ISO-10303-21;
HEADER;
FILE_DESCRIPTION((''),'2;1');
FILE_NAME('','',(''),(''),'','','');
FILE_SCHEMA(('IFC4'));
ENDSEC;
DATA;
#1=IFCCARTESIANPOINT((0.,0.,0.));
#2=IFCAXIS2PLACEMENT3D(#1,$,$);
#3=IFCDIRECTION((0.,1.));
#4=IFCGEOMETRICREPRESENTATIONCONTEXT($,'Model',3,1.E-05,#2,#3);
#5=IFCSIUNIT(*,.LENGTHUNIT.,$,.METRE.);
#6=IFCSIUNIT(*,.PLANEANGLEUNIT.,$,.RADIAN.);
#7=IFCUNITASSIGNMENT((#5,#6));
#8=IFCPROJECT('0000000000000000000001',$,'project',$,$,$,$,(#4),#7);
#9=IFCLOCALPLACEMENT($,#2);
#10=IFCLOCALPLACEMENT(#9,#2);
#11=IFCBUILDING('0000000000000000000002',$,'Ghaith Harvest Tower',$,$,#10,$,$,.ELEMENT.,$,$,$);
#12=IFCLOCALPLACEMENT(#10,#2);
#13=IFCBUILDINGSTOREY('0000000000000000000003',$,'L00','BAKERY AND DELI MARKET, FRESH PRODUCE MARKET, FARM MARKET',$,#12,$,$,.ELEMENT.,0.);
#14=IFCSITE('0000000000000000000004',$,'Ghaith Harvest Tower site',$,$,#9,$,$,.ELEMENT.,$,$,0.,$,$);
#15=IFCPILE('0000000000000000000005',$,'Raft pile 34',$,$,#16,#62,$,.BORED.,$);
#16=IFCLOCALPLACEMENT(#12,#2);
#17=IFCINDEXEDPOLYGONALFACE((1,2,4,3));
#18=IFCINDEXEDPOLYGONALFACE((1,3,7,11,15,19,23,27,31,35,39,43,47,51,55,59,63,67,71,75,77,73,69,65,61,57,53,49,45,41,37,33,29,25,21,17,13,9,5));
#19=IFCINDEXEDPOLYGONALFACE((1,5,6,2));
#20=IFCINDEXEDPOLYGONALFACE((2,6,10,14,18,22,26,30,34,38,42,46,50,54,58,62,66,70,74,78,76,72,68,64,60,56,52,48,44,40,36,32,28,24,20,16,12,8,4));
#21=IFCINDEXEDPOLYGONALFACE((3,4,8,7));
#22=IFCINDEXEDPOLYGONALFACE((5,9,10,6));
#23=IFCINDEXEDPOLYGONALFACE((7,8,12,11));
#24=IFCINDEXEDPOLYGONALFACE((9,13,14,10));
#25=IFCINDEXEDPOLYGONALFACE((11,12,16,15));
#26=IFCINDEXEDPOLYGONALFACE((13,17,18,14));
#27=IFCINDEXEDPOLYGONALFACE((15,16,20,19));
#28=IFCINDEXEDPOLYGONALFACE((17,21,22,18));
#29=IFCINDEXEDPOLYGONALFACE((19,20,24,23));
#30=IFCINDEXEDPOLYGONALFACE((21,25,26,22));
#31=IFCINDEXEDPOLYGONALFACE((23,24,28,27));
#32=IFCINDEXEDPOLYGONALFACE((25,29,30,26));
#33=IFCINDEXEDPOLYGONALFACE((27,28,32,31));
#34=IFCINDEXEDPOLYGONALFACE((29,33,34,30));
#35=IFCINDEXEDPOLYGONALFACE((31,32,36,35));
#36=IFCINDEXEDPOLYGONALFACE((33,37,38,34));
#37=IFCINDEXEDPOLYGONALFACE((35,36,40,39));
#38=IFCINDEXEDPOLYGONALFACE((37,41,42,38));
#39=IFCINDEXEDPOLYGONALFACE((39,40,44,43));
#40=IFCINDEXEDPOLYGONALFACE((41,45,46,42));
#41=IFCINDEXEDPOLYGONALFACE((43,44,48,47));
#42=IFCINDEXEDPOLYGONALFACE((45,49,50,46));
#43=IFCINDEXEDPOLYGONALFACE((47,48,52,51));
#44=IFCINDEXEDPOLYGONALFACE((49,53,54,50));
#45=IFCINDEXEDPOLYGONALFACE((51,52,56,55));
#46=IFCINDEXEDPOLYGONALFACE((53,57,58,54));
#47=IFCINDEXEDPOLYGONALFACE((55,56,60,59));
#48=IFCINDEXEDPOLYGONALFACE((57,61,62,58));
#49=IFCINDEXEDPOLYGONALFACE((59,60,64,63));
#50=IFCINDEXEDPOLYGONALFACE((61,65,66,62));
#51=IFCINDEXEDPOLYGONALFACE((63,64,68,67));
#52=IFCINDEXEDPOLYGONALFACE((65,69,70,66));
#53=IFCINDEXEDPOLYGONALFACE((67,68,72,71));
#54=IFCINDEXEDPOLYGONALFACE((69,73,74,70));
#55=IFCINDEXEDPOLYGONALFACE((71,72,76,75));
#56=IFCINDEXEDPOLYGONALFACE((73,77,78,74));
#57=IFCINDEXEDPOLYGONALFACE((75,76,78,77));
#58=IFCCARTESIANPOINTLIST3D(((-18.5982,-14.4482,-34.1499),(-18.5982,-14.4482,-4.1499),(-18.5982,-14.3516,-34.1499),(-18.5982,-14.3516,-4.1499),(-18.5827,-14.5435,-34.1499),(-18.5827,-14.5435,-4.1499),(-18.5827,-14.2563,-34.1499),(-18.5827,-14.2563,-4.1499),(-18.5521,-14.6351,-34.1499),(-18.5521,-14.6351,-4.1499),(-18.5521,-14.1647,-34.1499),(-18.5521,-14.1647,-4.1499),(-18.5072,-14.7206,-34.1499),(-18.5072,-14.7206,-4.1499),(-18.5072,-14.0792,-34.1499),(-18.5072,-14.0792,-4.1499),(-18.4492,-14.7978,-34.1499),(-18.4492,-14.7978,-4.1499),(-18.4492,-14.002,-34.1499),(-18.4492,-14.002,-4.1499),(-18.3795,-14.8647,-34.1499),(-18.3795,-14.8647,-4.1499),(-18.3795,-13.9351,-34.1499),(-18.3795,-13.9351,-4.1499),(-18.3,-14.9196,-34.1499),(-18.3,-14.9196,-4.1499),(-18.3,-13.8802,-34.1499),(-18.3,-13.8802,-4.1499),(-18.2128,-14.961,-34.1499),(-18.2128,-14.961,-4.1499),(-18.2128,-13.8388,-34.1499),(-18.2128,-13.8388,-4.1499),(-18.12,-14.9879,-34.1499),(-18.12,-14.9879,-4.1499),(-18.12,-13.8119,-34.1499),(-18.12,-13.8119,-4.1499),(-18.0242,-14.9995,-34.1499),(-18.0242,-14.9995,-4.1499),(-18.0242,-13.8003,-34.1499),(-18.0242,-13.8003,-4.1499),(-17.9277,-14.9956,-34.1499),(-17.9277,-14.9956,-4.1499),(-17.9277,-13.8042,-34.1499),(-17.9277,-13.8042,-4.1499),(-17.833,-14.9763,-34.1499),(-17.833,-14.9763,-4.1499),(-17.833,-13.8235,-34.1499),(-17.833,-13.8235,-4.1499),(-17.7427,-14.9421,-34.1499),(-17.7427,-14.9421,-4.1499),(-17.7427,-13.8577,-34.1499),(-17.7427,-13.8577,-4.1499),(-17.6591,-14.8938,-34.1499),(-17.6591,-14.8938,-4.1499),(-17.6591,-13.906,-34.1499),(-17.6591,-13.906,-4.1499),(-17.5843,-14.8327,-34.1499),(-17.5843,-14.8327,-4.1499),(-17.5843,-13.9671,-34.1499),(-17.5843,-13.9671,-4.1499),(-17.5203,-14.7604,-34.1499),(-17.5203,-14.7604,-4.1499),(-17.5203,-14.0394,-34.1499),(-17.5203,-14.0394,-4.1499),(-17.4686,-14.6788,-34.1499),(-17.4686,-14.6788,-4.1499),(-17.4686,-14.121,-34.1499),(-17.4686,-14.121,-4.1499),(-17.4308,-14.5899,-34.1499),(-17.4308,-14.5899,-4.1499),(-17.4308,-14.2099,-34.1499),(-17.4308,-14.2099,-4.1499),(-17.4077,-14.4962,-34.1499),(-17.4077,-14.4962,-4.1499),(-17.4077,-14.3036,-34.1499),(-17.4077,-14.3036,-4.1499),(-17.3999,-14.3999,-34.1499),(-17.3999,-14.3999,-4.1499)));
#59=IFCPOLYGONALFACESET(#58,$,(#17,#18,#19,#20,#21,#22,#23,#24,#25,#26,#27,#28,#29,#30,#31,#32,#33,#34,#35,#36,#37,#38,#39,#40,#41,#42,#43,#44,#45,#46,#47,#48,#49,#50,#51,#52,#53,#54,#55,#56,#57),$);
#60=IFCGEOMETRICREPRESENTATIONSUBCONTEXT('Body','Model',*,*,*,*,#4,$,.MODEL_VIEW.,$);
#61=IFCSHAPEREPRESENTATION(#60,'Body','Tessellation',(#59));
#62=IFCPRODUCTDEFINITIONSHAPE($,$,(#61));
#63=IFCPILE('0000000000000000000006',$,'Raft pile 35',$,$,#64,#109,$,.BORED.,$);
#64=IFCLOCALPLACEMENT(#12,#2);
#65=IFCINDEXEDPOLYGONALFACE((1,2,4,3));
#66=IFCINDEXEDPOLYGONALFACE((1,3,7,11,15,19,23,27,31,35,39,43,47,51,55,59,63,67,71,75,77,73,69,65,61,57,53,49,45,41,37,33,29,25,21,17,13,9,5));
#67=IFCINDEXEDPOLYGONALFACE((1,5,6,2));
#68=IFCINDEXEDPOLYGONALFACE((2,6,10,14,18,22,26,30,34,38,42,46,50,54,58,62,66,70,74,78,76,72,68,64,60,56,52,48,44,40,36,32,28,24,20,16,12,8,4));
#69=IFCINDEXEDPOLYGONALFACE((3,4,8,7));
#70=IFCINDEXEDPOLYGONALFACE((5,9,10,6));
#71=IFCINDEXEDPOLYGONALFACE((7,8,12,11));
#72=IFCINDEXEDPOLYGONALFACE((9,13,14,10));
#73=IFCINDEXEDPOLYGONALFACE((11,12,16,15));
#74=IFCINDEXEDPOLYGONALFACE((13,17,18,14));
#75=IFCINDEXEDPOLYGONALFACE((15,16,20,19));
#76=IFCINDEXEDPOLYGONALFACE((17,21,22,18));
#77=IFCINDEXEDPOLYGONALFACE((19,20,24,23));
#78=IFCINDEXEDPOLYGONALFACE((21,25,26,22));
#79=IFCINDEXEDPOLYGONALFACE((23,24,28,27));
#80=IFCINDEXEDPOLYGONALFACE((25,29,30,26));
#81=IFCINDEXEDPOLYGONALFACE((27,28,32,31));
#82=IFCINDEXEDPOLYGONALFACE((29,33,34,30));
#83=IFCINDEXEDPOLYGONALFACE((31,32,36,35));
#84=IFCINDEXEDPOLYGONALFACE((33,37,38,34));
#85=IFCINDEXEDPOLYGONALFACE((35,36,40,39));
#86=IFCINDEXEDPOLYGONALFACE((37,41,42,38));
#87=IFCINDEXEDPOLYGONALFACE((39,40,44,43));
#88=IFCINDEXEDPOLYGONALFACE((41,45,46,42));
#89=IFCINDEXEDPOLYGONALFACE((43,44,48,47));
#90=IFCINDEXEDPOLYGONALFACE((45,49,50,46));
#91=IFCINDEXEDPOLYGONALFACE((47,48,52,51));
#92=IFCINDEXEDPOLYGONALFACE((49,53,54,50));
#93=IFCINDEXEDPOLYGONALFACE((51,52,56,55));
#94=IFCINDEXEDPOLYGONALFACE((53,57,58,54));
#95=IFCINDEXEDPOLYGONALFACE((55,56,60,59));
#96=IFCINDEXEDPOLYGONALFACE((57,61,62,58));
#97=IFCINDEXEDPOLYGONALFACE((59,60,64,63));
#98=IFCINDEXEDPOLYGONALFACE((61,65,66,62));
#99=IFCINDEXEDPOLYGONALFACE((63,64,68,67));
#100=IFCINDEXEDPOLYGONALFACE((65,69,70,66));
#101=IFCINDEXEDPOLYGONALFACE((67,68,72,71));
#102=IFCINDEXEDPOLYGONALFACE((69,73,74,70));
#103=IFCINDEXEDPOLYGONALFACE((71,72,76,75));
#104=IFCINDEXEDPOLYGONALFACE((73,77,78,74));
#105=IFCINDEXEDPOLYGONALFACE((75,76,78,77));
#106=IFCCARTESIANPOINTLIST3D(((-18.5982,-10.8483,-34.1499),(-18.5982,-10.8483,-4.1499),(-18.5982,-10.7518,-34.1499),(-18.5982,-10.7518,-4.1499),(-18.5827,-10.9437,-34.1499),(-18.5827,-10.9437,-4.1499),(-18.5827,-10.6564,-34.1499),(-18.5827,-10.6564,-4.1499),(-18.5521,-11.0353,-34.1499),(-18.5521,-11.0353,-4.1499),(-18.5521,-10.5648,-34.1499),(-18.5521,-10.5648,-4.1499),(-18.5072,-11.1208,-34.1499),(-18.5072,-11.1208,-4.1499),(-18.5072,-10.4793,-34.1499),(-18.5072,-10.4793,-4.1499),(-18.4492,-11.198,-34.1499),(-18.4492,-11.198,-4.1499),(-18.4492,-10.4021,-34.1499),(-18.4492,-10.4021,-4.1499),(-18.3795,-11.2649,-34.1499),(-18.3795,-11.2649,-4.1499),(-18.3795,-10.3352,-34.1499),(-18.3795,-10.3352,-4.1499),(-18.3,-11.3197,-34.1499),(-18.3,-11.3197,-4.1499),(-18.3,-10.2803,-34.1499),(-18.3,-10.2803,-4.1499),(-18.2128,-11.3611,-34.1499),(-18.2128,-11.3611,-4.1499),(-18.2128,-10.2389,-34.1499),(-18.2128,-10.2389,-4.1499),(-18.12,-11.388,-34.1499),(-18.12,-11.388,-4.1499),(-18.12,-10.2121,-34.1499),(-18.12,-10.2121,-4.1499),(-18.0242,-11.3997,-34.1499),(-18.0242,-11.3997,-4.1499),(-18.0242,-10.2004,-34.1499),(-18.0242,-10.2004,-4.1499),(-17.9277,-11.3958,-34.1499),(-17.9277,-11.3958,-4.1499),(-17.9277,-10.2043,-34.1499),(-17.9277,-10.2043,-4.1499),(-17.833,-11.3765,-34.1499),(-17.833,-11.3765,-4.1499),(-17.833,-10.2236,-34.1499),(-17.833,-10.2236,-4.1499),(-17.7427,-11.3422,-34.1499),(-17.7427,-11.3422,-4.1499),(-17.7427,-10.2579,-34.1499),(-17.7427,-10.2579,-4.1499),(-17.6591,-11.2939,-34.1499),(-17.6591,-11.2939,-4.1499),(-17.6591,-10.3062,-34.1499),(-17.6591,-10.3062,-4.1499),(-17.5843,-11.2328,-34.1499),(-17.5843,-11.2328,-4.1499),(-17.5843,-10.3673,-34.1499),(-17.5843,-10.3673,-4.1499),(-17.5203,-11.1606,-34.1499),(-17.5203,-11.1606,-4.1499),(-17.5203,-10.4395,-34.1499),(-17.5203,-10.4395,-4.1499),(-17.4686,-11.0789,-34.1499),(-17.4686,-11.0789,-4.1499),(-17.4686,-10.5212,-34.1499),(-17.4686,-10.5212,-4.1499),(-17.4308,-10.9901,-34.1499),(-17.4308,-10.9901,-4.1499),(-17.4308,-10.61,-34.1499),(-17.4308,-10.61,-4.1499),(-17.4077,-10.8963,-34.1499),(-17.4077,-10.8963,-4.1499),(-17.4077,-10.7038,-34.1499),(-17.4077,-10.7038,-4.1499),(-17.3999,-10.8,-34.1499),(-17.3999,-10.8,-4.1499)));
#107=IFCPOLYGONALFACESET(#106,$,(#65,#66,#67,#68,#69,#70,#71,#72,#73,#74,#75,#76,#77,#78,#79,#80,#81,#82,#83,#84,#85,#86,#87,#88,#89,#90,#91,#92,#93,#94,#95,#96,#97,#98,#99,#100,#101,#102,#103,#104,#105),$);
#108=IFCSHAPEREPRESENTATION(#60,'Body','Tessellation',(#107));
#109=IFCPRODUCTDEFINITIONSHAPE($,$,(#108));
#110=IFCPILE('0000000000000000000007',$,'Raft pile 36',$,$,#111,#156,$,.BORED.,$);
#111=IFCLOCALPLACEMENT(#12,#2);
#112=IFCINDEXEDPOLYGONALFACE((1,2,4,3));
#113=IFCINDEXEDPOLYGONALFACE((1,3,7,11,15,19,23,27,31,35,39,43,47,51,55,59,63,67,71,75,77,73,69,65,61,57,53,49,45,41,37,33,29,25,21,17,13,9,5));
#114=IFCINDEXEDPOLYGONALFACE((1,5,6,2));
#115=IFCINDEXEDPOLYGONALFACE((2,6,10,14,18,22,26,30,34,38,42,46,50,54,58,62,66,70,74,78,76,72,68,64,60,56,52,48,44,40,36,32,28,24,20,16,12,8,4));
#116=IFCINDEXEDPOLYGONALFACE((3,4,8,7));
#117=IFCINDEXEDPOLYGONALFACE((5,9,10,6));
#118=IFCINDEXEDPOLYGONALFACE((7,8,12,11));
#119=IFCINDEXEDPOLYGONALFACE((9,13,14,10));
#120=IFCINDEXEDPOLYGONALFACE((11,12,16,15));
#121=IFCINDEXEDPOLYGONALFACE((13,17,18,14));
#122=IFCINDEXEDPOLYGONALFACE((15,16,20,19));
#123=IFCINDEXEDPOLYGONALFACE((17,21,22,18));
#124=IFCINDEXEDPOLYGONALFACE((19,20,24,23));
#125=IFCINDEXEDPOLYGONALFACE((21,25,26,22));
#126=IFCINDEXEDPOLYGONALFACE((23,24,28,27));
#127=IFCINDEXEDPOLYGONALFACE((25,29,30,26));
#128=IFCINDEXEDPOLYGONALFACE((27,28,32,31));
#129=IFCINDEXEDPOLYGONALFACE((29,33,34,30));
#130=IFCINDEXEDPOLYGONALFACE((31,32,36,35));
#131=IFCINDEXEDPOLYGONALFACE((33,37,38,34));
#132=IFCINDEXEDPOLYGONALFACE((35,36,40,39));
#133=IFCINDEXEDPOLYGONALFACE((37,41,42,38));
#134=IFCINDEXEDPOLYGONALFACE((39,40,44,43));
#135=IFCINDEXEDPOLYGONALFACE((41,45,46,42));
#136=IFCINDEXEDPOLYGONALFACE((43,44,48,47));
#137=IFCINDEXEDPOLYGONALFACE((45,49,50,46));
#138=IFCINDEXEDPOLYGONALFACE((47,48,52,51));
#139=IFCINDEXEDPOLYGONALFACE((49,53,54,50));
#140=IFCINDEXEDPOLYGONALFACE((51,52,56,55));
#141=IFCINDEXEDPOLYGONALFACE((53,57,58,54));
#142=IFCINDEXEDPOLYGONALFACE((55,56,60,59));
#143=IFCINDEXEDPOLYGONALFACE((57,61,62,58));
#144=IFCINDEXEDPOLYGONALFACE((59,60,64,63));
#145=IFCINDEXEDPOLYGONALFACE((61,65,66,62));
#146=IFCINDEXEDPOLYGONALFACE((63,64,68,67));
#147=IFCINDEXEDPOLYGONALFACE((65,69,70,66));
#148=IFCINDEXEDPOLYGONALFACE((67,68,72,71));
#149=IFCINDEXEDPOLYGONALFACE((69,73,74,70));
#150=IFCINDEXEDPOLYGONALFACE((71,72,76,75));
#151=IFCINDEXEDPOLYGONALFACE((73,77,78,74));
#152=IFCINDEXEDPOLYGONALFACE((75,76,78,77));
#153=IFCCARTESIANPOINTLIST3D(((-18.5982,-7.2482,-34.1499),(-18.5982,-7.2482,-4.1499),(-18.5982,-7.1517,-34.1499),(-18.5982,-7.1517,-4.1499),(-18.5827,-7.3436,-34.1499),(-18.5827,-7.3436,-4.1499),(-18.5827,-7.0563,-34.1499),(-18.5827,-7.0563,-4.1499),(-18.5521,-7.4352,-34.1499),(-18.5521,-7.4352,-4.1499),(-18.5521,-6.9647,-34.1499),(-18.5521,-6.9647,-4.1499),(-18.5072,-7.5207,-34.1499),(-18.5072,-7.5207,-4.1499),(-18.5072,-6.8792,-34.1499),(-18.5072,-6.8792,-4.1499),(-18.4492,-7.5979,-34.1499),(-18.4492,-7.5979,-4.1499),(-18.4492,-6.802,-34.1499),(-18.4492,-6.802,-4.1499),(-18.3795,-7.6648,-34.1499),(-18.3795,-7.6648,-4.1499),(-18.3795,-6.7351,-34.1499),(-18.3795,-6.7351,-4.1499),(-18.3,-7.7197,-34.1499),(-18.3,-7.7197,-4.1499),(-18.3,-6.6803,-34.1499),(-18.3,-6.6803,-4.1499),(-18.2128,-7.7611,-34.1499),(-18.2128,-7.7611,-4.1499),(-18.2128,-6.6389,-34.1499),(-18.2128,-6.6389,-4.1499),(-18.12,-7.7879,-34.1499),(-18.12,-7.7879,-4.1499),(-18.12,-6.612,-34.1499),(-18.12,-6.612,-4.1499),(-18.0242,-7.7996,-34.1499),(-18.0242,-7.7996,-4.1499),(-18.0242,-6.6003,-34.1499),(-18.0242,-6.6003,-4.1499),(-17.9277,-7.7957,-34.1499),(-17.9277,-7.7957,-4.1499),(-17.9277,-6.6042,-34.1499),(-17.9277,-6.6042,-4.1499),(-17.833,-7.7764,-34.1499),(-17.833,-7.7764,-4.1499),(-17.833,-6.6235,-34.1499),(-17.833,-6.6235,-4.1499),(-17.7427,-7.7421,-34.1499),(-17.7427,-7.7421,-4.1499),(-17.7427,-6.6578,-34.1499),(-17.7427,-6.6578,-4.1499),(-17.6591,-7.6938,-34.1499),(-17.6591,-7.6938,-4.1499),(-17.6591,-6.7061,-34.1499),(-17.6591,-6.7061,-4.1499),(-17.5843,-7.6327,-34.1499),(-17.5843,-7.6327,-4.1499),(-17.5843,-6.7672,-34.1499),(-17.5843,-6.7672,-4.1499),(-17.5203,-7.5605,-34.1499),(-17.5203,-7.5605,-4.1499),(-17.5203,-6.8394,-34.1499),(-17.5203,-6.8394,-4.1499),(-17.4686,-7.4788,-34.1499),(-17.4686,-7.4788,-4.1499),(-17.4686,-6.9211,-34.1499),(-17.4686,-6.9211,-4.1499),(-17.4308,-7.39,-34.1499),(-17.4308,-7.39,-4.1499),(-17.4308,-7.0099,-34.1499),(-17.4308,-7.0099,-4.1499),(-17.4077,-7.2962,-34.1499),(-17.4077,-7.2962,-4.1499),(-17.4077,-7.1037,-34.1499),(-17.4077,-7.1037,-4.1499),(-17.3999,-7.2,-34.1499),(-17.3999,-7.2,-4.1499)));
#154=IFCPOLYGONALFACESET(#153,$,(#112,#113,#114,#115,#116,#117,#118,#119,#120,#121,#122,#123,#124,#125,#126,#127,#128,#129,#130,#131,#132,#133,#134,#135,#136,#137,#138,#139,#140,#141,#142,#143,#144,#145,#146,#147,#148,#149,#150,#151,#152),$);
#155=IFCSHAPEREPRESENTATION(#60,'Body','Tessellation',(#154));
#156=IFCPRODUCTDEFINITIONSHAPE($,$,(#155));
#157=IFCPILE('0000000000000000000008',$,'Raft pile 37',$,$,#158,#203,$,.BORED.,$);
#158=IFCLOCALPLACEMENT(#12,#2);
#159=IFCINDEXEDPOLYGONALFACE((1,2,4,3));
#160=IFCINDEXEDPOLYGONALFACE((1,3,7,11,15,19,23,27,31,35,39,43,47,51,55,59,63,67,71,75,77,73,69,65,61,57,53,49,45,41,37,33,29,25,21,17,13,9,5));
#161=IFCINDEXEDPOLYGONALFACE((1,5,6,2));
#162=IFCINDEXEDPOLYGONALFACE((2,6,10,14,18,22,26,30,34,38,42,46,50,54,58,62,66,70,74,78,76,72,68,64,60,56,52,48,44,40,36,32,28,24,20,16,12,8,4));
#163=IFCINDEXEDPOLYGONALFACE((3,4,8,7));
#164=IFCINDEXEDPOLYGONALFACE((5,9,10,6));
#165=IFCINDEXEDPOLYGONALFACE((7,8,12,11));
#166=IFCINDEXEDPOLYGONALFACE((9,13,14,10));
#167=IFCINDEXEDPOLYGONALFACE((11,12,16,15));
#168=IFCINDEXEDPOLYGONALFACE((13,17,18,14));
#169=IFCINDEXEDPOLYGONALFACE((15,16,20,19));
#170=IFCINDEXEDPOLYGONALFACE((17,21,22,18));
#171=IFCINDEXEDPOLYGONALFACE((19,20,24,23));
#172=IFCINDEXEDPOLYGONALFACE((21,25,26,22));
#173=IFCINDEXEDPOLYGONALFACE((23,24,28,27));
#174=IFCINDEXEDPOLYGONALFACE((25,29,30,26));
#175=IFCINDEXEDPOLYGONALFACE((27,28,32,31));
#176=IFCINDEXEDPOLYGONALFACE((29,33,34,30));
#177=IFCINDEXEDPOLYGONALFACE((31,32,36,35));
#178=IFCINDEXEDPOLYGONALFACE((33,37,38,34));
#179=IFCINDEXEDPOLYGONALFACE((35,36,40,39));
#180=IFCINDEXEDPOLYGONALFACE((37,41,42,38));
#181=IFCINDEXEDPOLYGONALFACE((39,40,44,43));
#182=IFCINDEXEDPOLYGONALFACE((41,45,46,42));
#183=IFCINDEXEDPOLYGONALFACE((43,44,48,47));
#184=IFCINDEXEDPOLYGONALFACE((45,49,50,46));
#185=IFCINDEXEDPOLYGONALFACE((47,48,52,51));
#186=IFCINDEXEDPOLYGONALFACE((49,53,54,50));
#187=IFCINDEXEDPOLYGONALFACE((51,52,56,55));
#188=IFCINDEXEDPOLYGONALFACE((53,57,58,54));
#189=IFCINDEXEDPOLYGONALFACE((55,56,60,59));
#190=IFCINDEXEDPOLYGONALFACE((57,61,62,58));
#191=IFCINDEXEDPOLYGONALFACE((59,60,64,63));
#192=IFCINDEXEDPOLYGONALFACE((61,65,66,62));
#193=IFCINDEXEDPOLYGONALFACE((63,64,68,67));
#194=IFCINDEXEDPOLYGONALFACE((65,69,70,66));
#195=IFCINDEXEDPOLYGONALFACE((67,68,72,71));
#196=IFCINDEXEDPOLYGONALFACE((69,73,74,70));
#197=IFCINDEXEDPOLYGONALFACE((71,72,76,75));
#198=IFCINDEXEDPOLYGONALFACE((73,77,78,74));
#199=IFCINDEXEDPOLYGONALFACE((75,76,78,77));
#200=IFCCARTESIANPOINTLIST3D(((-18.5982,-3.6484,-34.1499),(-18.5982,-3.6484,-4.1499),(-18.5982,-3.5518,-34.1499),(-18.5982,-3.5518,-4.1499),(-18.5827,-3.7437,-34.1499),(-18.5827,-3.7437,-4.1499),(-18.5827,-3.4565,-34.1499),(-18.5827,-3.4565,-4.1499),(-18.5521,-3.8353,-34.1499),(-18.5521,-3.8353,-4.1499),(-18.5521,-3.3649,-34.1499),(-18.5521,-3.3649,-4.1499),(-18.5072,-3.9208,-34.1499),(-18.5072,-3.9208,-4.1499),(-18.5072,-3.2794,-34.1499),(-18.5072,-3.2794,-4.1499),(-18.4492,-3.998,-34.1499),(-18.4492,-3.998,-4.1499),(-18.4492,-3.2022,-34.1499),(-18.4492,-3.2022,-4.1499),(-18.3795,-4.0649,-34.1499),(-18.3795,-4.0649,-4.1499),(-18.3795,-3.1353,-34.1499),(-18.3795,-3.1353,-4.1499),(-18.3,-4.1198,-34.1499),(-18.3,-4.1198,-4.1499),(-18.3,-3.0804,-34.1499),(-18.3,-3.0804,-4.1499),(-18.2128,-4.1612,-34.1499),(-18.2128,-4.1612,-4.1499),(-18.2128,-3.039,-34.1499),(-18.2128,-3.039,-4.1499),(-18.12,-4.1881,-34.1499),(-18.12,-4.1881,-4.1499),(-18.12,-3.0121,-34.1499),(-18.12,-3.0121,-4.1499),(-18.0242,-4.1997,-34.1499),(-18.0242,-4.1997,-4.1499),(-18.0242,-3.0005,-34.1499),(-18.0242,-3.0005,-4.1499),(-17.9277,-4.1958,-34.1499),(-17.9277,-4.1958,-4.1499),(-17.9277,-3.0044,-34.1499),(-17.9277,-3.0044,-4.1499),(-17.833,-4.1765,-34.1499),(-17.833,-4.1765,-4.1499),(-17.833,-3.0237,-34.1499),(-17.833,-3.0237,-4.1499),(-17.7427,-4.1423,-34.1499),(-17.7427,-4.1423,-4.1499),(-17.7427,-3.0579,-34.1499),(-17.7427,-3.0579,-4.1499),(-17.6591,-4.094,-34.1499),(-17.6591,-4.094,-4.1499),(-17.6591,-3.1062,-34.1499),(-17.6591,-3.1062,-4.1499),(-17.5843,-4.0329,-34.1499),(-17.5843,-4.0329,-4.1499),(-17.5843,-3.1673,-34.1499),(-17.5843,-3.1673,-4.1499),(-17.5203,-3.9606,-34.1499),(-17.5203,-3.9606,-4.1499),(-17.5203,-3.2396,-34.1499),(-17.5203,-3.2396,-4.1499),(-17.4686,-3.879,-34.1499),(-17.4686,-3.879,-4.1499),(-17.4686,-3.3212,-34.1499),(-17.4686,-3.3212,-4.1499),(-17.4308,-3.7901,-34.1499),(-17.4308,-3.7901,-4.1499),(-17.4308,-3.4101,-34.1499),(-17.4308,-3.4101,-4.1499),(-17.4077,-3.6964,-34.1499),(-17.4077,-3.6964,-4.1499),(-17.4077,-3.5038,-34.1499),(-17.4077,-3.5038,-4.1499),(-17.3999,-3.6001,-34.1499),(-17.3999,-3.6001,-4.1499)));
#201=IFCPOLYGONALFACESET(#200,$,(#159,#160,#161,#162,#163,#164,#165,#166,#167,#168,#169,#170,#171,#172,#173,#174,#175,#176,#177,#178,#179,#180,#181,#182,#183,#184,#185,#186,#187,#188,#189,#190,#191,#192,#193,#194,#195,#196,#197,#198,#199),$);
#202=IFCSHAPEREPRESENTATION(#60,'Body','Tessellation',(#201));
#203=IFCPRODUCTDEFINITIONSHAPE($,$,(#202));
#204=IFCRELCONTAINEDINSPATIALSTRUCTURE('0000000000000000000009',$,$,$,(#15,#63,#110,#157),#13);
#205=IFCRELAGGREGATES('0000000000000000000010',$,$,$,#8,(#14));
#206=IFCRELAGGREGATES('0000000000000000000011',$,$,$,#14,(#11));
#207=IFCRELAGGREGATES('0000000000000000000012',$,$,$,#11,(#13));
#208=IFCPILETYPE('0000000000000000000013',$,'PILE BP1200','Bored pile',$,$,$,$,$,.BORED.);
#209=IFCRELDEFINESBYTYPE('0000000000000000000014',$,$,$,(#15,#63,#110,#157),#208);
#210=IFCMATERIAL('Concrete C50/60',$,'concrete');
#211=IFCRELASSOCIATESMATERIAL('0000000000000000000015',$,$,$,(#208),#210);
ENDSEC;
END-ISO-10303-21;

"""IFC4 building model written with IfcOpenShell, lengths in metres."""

from ifc_helpers import new_model, si_unit, direction, frame, origin, origin_2d, place, context, subcontext, project, spatial, circle, extrude, material, material_profile, profile_set, type_object, element, save


model = new_model("IFC4")

# Units and contexts
model_context = context("Model", 3, precision=1e-05, world=origin(), true_north=direction((0.0, 1.0)))
body_context = subcontext(model_context, "Body", "Model", "MODEL_VIEW")
ifc_project = project(units=[si_unit("LENGTHUNIT", "METRE"), si_unit("PLANEANGLEUNIT", "RADIAN")], contexts=[model_context])

# Site, building, storey
site_placement = place(None, origin())
site = spatial("IfcSite", under=ifc_project, at=site_placement, Name="Ghaith Harvest Tower site", CompositionType="ELEMENT", RefElevation=0.0)
building_placement = place(site_placement, origin())
building = spatial("IfcBuilding", under=site, at=building_placement, Name="Ghaith Harvest Tower", CompositionType="ELEMENT")
storey_placement = place(building_placement, origin())
storey = spatial("IfcBuildingStorey", under=building, at=storey_placement, Name="L00", Description="BAKERY AND DELI MARKET, FRESH PRODUCE MARKET, FARM MARKET", CompositionType="ELEMENT", Elevation=0.0)

# Piles
ifc_material_1 = material(Name="Concrete C50/60", Category="concrete")
ifc_material_profile = material_profile(ifc_material_1, circle(Radius=0.6001, at=origin_2d()), Name="PILE1200")
ifc_profile_set = profile_set([ifc_material_profile], Name="Concrete C50/60")
pile_type = type_object("IfcPileType", Name="PILE BP1200", Description="Bored pile", PredefinedType="BORED", material=ifc_profile_set)
for number, where, z_axis, x_axis, name in (
    (1, (-18.0, -14.3999, -4.1499), (0.0, 0.0, -1.0), (1.0, 0.0, 0.0), "Raft pile 34"),
    (2, (-18.0, -10.8, -4.1499), (0.0, 0.0, -1.0), (1.0, 0.0, 0.0), "Raft pile 35"),
    (3, (-18.0, -7.2, -4.1499), (0.0, 0.0, -1.0), (1.0, 0.0, 0.0), "Raft pile 36"),
    (4, (-18.0, -3.6001, -4.1499), (0.0, 0.0, -1.0), (1.0, 0.0, 0.0), "Raft pile 37"),
):
    element("IfcPile", number, at=place(storey_placement, frame(where, z_axis=z_axis, x_axis=x_axis)), inside=storey, type_object=pile_type, Name=name, PredefinedType="BORED", context=body_context, shape_type="SweptSolid", body=[
        extrude(circle(Radius=0.6001, at=origin_2d()), origin(), (0.0, 0.0, 1.0), 30.0),
    ])

save(model, "model.ifc")
